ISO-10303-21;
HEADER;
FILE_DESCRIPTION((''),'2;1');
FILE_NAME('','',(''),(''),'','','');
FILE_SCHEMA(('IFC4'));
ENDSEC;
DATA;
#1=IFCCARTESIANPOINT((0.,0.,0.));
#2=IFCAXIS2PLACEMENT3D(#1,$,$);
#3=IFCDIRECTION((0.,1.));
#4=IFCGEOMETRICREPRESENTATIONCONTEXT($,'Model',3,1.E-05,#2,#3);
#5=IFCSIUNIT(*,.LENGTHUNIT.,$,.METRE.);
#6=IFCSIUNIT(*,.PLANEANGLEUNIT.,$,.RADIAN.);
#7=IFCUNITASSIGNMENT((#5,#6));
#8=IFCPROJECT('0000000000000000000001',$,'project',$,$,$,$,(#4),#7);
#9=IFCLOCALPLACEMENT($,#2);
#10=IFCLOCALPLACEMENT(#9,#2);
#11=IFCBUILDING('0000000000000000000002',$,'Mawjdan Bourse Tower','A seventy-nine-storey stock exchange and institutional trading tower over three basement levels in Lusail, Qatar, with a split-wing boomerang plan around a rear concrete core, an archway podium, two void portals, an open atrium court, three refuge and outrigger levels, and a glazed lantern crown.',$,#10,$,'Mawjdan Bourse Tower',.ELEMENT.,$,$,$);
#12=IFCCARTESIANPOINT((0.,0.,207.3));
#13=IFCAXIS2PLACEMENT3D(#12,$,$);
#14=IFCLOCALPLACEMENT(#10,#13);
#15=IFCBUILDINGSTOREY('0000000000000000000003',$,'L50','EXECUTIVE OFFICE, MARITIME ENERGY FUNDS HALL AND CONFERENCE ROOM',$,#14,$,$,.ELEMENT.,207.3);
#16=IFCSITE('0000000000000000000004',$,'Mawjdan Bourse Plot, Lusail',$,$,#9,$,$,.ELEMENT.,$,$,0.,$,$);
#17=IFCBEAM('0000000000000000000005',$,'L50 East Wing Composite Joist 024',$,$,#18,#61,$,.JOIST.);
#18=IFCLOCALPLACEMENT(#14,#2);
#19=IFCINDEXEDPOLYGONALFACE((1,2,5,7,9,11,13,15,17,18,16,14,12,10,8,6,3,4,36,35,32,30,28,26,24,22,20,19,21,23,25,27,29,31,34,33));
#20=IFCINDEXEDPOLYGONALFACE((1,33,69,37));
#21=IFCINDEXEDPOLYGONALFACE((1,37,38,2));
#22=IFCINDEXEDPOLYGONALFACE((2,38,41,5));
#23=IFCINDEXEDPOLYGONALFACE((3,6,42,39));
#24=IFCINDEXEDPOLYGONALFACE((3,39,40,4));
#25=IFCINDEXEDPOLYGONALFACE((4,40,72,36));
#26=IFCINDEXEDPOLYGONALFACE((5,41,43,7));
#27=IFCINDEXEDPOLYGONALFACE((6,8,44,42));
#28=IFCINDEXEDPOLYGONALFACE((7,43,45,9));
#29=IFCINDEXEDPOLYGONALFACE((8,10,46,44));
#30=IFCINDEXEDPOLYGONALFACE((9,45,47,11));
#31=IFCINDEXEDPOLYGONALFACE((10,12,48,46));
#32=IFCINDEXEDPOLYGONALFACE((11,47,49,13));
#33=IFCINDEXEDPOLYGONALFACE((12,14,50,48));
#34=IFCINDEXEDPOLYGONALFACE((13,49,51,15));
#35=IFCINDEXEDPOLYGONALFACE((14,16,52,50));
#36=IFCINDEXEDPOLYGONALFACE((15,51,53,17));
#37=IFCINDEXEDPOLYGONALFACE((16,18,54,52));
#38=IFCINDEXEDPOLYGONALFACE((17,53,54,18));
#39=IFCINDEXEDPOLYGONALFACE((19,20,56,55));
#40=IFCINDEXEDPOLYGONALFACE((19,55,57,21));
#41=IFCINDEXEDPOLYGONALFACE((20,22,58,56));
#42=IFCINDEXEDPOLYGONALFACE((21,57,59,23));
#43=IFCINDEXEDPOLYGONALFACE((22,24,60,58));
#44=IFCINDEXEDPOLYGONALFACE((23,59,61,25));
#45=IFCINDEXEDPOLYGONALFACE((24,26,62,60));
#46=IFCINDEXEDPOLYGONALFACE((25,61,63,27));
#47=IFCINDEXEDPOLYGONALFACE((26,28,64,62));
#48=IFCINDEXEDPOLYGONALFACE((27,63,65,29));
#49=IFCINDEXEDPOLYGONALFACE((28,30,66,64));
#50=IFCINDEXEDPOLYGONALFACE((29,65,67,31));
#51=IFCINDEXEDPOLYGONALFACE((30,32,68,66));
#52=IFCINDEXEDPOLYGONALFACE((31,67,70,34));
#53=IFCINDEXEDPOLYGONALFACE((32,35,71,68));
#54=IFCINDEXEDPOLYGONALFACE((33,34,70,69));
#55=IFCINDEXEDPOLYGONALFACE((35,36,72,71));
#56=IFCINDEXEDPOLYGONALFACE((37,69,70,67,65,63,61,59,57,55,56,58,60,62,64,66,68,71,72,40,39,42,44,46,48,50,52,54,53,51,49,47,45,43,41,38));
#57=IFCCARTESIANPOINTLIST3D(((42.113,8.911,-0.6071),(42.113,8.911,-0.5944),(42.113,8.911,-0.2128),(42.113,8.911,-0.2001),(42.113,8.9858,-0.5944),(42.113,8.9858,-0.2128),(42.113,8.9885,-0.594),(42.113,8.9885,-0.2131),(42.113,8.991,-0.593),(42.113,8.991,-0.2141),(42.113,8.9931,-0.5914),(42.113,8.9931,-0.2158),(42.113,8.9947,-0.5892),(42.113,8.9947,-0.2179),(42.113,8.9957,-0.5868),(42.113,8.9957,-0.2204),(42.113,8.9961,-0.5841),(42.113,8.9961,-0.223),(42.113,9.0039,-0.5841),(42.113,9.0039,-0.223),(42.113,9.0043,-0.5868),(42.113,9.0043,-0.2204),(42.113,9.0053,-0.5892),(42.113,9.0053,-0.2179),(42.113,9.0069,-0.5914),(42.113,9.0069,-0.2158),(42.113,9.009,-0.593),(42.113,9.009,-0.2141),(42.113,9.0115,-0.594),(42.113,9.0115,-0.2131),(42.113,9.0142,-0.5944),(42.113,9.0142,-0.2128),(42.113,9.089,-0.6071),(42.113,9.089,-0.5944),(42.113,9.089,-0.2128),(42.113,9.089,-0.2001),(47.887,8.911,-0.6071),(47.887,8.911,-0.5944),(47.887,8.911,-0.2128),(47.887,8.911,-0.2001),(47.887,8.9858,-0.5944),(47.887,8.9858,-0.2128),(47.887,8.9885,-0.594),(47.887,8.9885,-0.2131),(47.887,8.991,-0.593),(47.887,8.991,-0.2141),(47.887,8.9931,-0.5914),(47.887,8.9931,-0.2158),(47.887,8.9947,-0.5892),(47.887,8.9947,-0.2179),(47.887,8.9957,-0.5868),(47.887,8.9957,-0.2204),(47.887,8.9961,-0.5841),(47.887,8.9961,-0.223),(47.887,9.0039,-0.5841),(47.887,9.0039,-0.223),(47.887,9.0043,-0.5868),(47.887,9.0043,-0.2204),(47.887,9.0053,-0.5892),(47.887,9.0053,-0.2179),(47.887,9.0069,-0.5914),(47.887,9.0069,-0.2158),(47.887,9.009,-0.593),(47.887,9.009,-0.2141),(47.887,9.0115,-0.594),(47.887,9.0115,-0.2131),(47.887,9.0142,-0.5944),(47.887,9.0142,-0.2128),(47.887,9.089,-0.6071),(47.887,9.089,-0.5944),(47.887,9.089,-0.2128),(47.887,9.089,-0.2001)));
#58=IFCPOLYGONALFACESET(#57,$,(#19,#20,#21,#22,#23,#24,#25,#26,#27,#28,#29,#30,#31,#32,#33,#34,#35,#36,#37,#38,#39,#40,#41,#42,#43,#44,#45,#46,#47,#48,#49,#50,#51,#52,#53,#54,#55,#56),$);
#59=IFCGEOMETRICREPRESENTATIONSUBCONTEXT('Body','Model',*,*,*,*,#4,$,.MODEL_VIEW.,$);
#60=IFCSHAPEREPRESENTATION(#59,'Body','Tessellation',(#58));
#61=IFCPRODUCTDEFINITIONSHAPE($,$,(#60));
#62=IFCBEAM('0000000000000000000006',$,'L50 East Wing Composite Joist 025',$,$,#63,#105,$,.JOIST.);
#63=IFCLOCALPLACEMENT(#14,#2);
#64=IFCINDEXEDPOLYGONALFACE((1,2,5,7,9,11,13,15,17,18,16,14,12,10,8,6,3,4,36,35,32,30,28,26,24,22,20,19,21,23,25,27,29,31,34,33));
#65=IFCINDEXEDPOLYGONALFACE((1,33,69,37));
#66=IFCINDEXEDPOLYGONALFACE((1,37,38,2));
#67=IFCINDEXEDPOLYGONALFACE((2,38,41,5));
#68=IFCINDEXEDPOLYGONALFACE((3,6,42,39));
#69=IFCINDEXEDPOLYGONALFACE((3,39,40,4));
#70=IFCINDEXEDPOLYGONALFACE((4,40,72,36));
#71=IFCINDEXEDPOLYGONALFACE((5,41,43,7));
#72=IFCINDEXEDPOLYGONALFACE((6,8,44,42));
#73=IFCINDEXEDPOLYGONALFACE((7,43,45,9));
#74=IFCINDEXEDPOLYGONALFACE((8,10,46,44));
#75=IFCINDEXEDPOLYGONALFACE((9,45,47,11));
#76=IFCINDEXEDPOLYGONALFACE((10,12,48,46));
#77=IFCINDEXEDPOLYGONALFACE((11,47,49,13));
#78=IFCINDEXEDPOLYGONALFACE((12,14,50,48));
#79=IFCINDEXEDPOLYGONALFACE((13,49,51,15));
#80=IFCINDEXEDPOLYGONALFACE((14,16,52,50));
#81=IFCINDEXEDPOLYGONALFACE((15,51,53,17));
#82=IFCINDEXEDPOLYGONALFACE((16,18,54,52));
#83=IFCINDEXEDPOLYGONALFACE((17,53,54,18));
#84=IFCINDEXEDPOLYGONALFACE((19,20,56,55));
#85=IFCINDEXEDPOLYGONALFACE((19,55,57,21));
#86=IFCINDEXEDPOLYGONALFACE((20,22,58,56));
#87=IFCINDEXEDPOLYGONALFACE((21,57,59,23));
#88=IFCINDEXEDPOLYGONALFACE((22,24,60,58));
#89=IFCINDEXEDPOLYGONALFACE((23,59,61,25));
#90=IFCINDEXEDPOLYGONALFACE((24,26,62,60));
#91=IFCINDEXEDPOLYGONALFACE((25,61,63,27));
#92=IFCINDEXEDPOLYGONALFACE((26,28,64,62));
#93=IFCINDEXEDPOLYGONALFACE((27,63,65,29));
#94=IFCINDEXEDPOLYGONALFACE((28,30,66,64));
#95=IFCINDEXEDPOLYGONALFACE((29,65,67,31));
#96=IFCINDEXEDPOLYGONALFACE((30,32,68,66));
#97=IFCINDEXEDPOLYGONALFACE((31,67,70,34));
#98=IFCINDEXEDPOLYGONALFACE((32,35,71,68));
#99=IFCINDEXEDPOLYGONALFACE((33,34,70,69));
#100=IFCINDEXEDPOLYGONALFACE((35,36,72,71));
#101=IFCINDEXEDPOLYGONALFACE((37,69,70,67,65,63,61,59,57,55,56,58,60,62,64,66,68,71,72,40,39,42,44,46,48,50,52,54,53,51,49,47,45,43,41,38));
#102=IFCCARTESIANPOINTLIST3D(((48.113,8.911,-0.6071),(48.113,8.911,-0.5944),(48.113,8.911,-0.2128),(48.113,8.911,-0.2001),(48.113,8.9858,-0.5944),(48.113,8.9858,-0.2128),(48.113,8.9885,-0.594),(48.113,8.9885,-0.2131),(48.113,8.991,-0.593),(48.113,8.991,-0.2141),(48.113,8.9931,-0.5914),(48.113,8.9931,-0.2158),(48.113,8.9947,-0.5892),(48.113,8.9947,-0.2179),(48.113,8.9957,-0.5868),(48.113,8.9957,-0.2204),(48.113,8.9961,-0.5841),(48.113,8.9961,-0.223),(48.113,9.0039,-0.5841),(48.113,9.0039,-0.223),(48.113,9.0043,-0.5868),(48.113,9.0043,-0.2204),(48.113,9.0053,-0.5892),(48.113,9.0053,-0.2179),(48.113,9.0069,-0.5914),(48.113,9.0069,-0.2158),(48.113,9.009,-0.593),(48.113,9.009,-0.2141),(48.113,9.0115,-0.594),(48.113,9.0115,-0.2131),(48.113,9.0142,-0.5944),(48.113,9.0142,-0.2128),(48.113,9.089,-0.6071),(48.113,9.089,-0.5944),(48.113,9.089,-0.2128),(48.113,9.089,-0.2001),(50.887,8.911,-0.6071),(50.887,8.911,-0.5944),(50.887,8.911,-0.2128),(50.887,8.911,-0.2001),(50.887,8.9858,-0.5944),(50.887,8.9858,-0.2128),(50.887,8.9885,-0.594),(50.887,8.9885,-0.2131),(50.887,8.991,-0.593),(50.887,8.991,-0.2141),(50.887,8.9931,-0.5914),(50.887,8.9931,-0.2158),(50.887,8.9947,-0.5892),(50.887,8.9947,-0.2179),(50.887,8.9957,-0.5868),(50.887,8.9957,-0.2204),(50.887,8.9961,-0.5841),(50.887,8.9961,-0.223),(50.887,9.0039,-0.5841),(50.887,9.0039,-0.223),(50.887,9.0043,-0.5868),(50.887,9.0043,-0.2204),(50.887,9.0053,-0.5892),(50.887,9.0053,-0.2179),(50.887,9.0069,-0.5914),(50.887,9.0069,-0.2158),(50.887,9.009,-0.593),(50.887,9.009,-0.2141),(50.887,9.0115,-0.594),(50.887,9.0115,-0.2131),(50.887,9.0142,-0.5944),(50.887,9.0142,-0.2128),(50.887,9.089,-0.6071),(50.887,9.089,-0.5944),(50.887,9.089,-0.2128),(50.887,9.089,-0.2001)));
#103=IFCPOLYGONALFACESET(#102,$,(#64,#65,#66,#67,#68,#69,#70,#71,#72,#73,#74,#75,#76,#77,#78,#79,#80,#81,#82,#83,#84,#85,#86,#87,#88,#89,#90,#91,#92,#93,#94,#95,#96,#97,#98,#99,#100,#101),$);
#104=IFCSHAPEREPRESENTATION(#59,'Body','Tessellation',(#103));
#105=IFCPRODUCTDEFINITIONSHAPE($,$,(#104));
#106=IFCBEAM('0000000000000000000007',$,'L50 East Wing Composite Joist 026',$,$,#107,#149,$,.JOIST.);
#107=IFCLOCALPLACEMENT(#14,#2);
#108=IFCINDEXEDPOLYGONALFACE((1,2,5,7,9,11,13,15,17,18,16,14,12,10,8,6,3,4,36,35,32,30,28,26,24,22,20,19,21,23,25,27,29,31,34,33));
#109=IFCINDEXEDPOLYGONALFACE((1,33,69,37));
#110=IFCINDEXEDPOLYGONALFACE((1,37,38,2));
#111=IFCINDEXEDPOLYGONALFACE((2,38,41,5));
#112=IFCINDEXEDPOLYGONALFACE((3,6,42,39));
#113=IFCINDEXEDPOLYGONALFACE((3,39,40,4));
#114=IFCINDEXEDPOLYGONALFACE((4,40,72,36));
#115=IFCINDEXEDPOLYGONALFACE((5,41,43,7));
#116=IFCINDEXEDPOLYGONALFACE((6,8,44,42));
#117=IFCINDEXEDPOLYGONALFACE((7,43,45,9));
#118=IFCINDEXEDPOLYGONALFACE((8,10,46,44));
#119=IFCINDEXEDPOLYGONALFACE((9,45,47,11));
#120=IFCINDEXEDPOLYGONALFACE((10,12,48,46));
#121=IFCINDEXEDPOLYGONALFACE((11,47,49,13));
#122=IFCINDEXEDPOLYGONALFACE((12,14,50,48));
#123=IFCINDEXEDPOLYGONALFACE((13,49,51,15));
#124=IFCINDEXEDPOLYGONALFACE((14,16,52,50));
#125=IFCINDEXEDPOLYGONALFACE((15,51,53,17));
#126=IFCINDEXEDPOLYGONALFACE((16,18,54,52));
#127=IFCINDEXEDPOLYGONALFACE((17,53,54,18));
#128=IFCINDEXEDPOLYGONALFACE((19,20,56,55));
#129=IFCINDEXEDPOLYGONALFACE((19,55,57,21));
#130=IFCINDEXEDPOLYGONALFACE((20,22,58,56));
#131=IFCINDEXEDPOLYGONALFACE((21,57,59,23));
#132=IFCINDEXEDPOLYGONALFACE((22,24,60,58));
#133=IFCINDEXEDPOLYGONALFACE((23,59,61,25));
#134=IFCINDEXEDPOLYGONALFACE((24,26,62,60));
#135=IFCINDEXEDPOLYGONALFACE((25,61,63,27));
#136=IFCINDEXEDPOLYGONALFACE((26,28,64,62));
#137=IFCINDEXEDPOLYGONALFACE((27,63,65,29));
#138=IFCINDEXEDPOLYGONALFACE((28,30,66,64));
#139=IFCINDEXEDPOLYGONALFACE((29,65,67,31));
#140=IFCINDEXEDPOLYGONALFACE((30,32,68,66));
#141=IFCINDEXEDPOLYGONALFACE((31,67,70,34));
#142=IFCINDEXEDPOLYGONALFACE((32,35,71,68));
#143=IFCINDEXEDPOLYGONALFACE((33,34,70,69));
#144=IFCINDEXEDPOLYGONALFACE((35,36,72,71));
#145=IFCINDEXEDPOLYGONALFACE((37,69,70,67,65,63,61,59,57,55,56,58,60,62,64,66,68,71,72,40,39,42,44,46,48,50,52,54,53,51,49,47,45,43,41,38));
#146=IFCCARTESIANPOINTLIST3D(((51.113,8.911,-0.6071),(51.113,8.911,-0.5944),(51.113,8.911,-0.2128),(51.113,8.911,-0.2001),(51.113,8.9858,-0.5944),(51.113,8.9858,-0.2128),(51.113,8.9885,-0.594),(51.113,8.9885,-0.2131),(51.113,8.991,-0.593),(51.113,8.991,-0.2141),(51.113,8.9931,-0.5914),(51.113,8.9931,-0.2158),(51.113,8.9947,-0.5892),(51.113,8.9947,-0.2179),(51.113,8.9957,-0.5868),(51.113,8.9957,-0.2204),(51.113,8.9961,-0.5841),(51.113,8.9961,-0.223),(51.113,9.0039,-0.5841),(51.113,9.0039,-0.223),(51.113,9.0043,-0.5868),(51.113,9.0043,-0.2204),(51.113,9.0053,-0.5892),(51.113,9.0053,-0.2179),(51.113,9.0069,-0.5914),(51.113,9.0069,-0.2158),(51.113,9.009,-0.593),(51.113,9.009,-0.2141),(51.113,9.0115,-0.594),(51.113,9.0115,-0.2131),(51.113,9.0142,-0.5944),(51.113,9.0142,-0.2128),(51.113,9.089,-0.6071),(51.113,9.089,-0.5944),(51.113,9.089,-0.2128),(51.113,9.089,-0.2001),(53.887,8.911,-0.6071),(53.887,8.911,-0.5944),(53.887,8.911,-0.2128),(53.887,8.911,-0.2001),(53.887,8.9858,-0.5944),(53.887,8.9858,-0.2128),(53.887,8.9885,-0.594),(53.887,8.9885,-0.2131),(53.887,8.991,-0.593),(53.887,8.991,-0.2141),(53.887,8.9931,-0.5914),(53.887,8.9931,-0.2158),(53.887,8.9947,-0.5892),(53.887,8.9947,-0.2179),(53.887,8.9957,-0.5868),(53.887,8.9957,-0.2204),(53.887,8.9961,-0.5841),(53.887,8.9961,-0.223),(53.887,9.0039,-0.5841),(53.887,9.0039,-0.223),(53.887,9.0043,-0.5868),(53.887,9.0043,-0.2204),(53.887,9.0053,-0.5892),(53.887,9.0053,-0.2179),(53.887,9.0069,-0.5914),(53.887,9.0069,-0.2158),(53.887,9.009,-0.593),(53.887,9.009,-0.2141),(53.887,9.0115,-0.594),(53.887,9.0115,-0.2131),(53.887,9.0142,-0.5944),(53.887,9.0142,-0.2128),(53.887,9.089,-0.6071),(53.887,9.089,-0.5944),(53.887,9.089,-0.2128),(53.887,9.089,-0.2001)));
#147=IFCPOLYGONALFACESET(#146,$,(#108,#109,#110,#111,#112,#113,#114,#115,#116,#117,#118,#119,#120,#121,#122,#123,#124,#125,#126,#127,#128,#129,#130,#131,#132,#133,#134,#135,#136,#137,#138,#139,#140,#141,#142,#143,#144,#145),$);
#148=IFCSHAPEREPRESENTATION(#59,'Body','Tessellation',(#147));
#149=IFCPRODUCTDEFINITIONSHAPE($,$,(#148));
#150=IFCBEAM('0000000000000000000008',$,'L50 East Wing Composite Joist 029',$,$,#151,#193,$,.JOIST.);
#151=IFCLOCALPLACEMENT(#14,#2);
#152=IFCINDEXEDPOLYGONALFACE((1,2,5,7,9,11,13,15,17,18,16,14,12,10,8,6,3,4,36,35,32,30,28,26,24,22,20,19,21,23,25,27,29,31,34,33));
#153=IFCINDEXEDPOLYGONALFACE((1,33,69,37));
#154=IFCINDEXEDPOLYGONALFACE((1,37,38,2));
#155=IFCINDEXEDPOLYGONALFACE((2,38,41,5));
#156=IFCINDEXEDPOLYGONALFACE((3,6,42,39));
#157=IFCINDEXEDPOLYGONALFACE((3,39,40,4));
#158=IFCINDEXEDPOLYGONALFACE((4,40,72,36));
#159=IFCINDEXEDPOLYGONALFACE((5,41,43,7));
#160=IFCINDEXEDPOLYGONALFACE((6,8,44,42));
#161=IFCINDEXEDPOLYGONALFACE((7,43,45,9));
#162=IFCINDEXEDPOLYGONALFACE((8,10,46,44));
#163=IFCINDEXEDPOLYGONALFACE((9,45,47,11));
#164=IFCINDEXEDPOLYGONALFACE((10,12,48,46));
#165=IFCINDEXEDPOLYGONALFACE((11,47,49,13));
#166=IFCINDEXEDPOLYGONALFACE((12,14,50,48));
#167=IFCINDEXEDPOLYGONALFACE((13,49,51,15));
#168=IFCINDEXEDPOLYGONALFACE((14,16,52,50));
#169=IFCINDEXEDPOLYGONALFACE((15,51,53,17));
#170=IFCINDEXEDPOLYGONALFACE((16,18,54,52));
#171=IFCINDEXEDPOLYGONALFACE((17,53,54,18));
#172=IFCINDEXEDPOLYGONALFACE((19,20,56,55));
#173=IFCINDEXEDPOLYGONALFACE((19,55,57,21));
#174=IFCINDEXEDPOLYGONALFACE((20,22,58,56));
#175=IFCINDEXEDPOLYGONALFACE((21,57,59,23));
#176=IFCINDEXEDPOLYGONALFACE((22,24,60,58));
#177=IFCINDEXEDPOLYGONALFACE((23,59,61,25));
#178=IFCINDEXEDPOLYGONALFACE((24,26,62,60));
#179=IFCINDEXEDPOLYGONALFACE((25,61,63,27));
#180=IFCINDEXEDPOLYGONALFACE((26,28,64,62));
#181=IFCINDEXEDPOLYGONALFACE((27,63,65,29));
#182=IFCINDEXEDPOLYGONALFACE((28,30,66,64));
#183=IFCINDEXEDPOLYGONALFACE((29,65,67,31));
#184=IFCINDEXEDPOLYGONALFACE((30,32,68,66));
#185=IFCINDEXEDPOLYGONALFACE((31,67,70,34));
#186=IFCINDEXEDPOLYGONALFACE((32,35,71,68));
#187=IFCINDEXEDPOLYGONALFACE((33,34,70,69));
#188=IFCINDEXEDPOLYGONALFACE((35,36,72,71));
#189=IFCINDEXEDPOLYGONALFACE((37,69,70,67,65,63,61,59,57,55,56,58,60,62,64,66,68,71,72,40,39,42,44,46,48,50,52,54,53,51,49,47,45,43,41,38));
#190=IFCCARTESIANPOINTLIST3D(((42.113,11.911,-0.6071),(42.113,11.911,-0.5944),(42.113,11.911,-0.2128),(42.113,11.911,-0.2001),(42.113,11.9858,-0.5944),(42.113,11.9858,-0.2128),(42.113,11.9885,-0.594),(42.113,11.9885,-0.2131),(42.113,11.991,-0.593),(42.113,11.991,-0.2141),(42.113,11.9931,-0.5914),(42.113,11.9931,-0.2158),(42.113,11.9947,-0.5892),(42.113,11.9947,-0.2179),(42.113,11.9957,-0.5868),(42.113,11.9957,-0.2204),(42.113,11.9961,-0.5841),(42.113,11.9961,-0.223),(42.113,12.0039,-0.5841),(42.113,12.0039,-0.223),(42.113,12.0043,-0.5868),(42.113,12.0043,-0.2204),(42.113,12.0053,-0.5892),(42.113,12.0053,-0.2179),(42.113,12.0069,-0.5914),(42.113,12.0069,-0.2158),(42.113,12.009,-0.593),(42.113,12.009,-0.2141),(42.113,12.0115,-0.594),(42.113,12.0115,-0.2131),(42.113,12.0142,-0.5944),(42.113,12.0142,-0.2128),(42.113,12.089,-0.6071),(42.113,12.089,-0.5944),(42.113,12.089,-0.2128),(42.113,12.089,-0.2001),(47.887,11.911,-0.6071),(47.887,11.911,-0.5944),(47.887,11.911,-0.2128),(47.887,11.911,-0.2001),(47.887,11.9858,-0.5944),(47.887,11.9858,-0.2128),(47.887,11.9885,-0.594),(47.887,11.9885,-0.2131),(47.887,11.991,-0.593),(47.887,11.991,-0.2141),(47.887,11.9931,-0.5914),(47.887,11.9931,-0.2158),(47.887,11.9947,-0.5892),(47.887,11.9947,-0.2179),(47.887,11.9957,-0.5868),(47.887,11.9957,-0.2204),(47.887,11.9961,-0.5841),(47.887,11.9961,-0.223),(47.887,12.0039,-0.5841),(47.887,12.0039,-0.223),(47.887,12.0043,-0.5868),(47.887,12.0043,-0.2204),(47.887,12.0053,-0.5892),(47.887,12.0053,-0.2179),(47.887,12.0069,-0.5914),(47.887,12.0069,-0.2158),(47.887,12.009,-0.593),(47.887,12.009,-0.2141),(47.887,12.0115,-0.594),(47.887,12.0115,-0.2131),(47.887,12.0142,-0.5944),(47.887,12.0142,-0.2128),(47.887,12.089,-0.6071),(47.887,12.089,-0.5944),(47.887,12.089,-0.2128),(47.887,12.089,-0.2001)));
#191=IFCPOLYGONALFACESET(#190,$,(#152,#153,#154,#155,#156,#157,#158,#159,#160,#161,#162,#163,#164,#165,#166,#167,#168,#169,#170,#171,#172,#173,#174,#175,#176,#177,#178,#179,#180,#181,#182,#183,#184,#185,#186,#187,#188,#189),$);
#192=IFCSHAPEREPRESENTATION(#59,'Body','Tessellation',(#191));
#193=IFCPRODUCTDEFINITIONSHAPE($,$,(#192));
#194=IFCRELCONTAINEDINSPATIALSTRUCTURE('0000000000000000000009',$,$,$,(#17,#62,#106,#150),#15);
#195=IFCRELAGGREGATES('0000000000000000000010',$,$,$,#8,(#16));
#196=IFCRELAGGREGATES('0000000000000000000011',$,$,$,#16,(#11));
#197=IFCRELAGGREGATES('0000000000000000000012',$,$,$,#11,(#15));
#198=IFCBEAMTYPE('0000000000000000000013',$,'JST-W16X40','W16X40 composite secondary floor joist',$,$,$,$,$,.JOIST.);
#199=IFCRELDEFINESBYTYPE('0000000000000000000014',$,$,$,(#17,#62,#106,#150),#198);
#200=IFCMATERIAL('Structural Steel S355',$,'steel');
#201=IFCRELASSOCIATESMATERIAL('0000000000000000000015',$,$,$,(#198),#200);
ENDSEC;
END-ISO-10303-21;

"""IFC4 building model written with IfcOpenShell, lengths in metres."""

from ifc_helpers import new_model, si_unit, direction, frame, origin, origin_2d, place, context, subcontext, project, spatial, i_section, extrude, material, material_profile, profile_set, type_object, element, save


model = new_model("IFC4")

# Units and contexts
model_context = context("Model", 3, precision=1e-05, world=origin(), true_north=direction((0.0, 1.0)))
body_context = subcontext(model_context, "Body", "Model", "MODEL_VIEW")
ifc_project = project(units=[si_unit("LENGTHUNIT", "METRE"), si_unit("PLANEANGLEUNIT", "RADIAN")], contexts=[model_context])

# Site, building, storey
site_placement = place(None, origin())
site = spatial("IfcSite", under=ifc_project, at=site_placement, Name="Mawjdan Bourse Plot, Lusail", CompositionType="ELEMENT", RefElevation=0.0)
building_placement = place(site_placement, origin())
building = spatial("IfcBuilding", under=site, at=building_placement, Name="Mawjdan Bourse Tower", Description="A seventy-nine-storey stock exchange and institutional trading tower over three basement levels in Lusail, Qatar, with a split-wing boomerang plan around a rear concrete core, an archway podium, two void portals, an open atrium court, three refuge and outrigger levels, and a glazed lantern crown.", LongName="Mawjdan Bourse Tower", CompositionType="ELEMENT")
storey_placement = place(building_placement, frame((0.0, 0.0, 207.3)))
storey = spatial("IfcBuildingStorey", under=building, at=storey_placement, Name="L50", Description="EXECUTIVE OFFICE, MARITIME ENERGY FUNDS HALL AND CONFERENCE ROOM", CompositionType="ELEMENT", Elevation=207.3)

# Beams
ifc_material_1 = material(Name="Structural Steel S355", Category="steel")
ifc_material_profile_1 = material_profile(ifc_material_1, i_section(OverallWidth=0.178, OverallDepth=0.407, WebThickness=0.0078, FlangeThickness=0.0127, FilletRadius=0.0103, at=origin_2d()), Name="W16X40")
ifc_profile_set_1 = profile_set([ifc_material_profile_1], Name="Structural Steel S355")
beam_type_1 = type_object("IfcBeamType", Name="JST-W16X40", Description="W16X40 composite secondary floor joist", PredefinedType="JOIST", material=ifc_profile_set_1)
beam_1_placement = place(storey_placement, frame((42.113, 9.0, -0.4036), z_axis=(1.0, 0.0, 0.0), x_axis=(0.0, 1.0, 0.0)))
element("IfcBeam", 1, at=beam_1_placement, inside=storey, type_object=beam_type_1, Name="L50 East Wing Composite Joist 024", PredefinedType="JOIST", context=body_context, shape_type="SweptSolid", body=[
    extrude(i_section(OverallWidth=0.178, OverallDepth=0.407, WebThickness=0.0078, FlangeThickness=0.0127, FilletRadius=0.0103, at=origin_2d()), origin(), (0.0, 0.0, 1.0), 5.7739),
])
for number, where, z_axis, x_axis, name in (
    (2, (48.113, 9.0, -0.4036), (1.0, 0.0, 0.0), (0.0, 1.0, 0.0), "L50 East Wing Composite Joist 025"),
    (3, (51.113, 9.0, -0.4036), (1.0, 0.0, 0.0), (0.0, 1.0, 0.0), "L50 East Wing Composite Joist 026"),
):
    element("IfcBeam", number, at=place(storey_placement, frame(where, z_axis=z_axis, x_axis=x_axis)), inside=storey, type_object=beam_type_1, Name=name, PredefinedType="JOIST", context=body_context, shape_type="SweptSolid", body=[
        extrude(i_section(OverallWidth=0.178, OverallDepth=0.407, WebThickness=0.0078, FlangeThickness=0.0127, FilletRadius=0.0103, at=origin_2d()), origin(), (0.0, 0.0, 1.0), 2.7739),
    ])
beam_2_placement = place(storey_placement, frame((42.113, 12.0, -0.4036), z_axis=(1.0, 0.0, 0.0), x_axis=(0.0, 1.0, 0.0)))
element("IfcBeam", 4, at=beam_2_placement, inside=storey, type_object=beam_type_1, Name="L50 East Wing Composite Joist 029", PredefinedType="JOIST", context=body_context, shape_type="SweptSolid", body=[
    extrude(i_section(OverallWidth=0.178, OverallDepth=0.407, WebThickness=0.0078, FlangeThickness=0.0127, FilletRadius=0.0103, at=origin_2d()), origin(), (0.0, 0.0, 1.0), 5.7739),
])

save(model, "model.ifc")
